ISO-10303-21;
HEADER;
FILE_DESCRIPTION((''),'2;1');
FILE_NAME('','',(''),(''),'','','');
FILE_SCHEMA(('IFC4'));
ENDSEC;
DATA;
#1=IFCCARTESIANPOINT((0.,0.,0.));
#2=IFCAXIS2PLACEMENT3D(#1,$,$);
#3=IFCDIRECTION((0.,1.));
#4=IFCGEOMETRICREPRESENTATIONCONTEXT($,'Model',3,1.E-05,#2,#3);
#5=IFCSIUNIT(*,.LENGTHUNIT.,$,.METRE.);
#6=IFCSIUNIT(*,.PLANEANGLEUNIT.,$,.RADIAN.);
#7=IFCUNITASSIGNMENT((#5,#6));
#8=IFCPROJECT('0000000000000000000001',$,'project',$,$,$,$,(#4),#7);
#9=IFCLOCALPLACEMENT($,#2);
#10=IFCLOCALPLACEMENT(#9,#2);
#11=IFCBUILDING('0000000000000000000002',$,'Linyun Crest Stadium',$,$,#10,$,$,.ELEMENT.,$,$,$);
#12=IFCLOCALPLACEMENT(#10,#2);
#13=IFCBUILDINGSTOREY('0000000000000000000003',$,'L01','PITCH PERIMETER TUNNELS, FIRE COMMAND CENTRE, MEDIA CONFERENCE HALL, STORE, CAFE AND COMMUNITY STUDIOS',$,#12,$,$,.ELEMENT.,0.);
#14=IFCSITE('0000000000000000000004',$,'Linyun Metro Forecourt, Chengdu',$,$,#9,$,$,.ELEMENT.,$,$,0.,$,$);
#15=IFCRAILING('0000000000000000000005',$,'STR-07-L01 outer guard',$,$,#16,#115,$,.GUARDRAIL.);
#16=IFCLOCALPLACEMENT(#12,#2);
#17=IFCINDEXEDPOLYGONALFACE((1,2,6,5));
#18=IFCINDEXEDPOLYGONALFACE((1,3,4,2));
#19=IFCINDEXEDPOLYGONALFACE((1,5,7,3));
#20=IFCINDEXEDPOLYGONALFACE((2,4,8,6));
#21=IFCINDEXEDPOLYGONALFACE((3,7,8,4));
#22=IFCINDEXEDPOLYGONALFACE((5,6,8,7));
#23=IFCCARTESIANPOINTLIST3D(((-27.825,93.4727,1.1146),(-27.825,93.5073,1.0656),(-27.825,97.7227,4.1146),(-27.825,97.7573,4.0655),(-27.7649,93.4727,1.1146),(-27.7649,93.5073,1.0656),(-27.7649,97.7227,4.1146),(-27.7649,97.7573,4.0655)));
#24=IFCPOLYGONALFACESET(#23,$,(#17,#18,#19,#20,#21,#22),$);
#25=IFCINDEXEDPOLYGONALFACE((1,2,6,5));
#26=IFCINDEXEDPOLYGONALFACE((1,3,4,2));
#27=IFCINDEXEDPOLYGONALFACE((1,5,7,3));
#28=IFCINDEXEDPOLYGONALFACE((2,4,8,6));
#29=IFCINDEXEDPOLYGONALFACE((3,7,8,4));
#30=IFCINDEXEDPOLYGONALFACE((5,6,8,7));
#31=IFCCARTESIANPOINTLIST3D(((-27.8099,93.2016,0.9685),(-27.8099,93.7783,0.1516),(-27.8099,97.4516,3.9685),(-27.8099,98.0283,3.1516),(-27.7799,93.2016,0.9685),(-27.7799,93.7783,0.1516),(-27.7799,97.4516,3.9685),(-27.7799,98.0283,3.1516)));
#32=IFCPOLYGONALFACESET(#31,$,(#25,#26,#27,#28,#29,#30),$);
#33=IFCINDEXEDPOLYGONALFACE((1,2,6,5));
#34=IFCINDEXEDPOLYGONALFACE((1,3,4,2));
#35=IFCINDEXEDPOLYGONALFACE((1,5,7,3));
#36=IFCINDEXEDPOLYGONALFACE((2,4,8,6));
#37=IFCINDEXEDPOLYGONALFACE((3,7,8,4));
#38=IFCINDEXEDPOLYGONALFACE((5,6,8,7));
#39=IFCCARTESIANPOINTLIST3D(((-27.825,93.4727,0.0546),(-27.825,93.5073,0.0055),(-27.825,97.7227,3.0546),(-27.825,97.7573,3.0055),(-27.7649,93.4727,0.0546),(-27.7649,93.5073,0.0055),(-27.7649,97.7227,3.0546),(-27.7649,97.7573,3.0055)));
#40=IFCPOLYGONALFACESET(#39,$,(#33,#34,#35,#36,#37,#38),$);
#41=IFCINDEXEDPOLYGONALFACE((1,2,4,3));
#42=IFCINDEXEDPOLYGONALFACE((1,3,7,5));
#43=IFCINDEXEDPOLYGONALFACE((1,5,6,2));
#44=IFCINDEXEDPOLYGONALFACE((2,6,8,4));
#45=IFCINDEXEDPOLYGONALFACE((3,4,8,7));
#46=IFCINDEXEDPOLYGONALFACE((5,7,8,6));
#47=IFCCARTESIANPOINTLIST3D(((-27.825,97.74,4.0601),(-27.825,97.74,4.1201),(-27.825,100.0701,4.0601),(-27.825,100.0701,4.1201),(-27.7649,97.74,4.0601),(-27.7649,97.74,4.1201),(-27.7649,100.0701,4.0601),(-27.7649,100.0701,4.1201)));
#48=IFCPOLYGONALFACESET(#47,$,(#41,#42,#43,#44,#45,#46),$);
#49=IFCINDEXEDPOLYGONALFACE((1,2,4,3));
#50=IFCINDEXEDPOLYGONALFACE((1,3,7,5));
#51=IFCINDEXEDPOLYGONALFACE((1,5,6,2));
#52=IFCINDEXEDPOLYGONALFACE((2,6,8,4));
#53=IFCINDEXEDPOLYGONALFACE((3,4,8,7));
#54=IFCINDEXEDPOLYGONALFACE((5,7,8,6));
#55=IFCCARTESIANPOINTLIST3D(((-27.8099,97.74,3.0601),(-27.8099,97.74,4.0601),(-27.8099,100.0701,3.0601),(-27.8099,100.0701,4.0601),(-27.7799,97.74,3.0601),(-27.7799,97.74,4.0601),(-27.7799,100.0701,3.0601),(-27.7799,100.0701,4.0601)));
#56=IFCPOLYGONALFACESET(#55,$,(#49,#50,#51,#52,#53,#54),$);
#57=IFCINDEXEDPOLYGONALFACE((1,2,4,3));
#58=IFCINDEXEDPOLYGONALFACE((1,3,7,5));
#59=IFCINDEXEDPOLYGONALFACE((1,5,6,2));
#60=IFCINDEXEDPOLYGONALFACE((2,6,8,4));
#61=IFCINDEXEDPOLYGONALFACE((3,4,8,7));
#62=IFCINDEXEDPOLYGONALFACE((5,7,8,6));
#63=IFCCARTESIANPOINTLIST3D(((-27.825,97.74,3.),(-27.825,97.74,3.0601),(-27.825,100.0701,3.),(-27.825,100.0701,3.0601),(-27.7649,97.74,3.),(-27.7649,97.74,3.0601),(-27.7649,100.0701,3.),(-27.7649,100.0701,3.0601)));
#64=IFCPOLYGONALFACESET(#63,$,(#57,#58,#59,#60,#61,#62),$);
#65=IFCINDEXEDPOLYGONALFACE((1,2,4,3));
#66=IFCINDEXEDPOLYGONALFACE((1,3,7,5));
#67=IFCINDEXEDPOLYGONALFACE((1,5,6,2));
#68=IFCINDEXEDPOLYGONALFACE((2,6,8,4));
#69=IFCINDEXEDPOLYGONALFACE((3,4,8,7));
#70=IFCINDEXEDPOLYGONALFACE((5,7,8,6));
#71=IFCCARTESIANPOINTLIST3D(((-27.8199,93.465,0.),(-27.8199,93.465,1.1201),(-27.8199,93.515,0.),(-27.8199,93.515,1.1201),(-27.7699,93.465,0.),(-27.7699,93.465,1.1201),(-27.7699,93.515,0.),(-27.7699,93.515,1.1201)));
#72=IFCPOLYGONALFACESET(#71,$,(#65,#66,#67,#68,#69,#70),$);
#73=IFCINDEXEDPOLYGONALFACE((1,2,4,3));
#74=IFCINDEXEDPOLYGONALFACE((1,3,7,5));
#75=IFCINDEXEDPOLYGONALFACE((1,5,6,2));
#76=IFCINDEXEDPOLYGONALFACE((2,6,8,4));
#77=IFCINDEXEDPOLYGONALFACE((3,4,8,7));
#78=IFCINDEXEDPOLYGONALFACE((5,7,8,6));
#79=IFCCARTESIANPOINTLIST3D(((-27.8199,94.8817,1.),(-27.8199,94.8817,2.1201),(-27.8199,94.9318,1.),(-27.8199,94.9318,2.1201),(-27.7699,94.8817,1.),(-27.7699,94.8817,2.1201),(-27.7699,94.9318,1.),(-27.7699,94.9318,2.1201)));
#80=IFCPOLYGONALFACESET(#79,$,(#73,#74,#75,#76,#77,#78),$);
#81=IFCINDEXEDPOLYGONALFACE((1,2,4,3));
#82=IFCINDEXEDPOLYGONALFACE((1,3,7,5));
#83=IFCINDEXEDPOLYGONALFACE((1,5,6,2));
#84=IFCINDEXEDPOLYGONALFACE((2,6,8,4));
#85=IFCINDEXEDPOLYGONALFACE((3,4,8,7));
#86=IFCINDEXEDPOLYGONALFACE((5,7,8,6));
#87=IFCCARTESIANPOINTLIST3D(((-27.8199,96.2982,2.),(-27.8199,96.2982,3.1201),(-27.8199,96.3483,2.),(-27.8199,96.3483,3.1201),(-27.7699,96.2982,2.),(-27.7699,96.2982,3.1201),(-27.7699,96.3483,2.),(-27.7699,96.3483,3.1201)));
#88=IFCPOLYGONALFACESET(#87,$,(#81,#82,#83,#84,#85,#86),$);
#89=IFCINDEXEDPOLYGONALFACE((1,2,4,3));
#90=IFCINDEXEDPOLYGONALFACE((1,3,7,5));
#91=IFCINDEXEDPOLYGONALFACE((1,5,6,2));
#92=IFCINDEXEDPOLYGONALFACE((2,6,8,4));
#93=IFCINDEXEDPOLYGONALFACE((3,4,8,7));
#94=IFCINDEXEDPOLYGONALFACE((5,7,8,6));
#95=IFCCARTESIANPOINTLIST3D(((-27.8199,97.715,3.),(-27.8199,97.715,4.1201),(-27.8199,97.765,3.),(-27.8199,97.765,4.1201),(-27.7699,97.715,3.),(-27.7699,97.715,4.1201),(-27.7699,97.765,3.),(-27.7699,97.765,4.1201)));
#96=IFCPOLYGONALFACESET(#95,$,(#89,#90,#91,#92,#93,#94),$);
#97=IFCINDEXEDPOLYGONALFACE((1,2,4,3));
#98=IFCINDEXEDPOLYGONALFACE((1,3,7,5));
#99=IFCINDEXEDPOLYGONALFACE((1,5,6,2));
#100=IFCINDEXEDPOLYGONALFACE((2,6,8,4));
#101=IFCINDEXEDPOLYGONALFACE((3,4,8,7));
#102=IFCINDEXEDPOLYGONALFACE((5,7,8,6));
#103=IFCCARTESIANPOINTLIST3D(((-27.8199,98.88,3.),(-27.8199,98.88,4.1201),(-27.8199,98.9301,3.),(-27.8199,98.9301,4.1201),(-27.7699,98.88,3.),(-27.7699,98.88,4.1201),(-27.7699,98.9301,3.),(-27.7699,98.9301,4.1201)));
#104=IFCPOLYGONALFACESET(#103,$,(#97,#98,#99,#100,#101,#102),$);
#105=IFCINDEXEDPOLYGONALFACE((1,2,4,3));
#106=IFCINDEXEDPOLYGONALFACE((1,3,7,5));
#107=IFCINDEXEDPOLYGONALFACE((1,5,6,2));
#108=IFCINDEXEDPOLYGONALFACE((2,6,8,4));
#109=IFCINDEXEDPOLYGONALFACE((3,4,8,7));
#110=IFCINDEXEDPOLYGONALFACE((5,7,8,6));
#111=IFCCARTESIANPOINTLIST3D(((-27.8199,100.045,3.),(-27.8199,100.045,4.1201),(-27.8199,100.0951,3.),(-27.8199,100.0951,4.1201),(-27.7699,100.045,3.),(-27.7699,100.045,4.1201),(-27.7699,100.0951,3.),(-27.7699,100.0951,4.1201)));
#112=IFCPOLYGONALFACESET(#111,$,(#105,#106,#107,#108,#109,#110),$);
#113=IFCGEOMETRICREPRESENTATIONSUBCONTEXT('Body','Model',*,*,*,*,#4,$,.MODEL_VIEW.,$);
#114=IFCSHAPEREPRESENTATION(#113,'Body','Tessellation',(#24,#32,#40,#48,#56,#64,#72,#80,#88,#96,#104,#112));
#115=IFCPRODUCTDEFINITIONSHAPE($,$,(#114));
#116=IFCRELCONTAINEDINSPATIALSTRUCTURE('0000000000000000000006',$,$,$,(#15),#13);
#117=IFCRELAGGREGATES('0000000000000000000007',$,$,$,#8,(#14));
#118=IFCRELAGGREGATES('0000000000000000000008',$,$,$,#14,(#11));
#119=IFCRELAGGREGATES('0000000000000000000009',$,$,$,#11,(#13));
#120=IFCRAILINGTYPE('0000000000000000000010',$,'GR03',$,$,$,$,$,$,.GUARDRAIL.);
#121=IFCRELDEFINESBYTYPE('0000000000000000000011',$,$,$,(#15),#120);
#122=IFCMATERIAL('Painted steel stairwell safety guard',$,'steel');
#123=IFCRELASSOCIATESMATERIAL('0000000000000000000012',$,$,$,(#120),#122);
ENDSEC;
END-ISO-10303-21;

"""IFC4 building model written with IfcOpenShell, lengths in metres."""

from ifc_helpers import new_model, si_unit, direction, frame, origin, origin_2d, place, context, subcontext, project, spatial, rectangle, extrude, material, type_object, element, save


model = new_model("IFC4")

# Units and contexts
model_context = context("Model", 3, precision=1e-05, world=origin(), true_north=direction((0.0, 1.0)))
body_context = subcontext(model_context, "Body", "Model", "MODEL_VIEW")
ifc_project = project(units=[si_unit("LENGTHUNIT", "METRE"), si_unit("PLANEANGLEUNIT", "RADIAN")], contexts=[model_context])

# Site, building, storey
site_placement = place(None, origin())
site = spatial("IfcSite", under=ifc_project, at=site_placement, Name="Linyun Metro Forecourt, Chengdu", CompositionType="ELEMENT", RefElevation=0.0)
building_placement = place(site_placement, origin())
building = spatial("IfcBuilding", under=site, at=building_placement, Name="Linyun Crest Stadium", CompositionType="ELEMENT")
storey_placement = place(building_placement, origin())
storey = spatial("IfcBuildingStorey", under=building, at=storey_placement, Name="L01", Description="PITCH PERIMETER TUNNELS, FIRE COMMAND CENTRE, MEDIA CONFERENCE HALL, STORE, CAFE AND COMMUNITY STUDIOS", CompositionType="ELEMENT", Elevation=0.0)

# Railing
ifc_material_1 = material(Name="Painted steel stairwell safety guard", Category="steel")
railing_type_1 = type_object("IfcRailingType", Name="GR03", PredefinedType="GUARDRAIL", material=ifc_material_1)
railing_1_placement = place(storey_placement, frame((-27.7949, 93.49, 0.0)))
element("IfcRailing", 1, at=railing_1_placement, inside=storey, type_object=railing_type_1, Name="STR-07-L01 outer guard", PredefinedType="GUARDRAIL", context=body_context, shape_type="SweptSolid", body=[
    extrude(rectangle(XDim=0.0601, YDim=0.0601, at=origin_2d()), frame((0.0, 0.0, 1.0901), z_axis=(0.0, 0.816968, 0.576683), x_axis=(-1.0, 0.0, 0.0)), (0.0, 0.0, 1.0), 5.2021),
    extrude(rectangle(XDim=0.03, YDim=1.0, at=origin_2d()), frame((0.0, 0.0, 0.5601), z_axis=(0.0, 0.816968, 0.576683), x_axis=(-1.0, 0.0, 0.0)), (0.0, 0.0, 1.0), 5.2021),
    extrude(rectangle(XDim=0.0601, YDim=0.0601, at=origin_2d()), frame((0.0, 0.0, 0.03), z_axis=(0.0, 0.816968, 0.576683), x_axis=(-1.0, 0.0, 0.0)), (0.0, 0.0, 1.0), 5.2021),
    extrude(rectangle(XDim=0.0601, YDim=0.0601, at=origin_2d()), frame((0.0, 4.25, 4.0901), z_axis=(0.0, 1.0, 0.0), x_axis=(-1.0, 0.0, 0.0)), (0.0, 0.0, 1.0), 2.3301),
    extrude(rectangle(XDim=0.03, YDim=1.0, at=origin_2d()), frame((0.0, 4.25, 3.5601), z_axis=(0.0, 1.0, 0.0), x_axis=(-1.0, 0.0, 0.0)), (0.0, 0.0, 1.0), 2.3301),
    extrude(rectangle(XDim=0.0601, YDim=0.0601, at=origin_2d()), frame((0.0, 4.25, 3.03), z_axis=(0.0, 1.0, 0.0), x_axis=(-1.0, 0.0, 0.0)), (0.0, 0.0, 1.0), 2.3301),
    extrude(rectangle(XDim=0.05, YDim=0.05, at=origin_2d()), origin(), (0.0, 0.0, 1.0), 1.1201),
    extrude(rectangle(XDim=0.05, YDim=0.05, at=origin_2d()), frame((0.0, 1.4167, 1.0)), (0.0, 0.0, 1.0), 1.1201),
    extrude(rectangle(XDim=0.05, YDim=0.05, at=origin_2d()), frame((0.0, 2.8333, 2.0)), (0.0, 0.0, 1.0), 1.1201),
    extrude(rectangle(XDim=0.05, YDim=0.05, at=origin_2d()), frame((0.0, 4.25, 3.0)), (0.0, 0.0, 1.0), 1.1201),
    extrude(rectangle(XDim=0.05, YDim=0.05, at=origin_2d()), frame((0.0, 5.415, 3.0)), (0.0, 0.0, 1.0), 1.1201),
    extrude(rectangle(XDim=0.05, YDim=0.05, at=origin_2d()), frame((0.0, 6.5801, 3.0)), (0.0, 0.0, 1.0), 1.1201),
])

save(model, "model.ifc")
